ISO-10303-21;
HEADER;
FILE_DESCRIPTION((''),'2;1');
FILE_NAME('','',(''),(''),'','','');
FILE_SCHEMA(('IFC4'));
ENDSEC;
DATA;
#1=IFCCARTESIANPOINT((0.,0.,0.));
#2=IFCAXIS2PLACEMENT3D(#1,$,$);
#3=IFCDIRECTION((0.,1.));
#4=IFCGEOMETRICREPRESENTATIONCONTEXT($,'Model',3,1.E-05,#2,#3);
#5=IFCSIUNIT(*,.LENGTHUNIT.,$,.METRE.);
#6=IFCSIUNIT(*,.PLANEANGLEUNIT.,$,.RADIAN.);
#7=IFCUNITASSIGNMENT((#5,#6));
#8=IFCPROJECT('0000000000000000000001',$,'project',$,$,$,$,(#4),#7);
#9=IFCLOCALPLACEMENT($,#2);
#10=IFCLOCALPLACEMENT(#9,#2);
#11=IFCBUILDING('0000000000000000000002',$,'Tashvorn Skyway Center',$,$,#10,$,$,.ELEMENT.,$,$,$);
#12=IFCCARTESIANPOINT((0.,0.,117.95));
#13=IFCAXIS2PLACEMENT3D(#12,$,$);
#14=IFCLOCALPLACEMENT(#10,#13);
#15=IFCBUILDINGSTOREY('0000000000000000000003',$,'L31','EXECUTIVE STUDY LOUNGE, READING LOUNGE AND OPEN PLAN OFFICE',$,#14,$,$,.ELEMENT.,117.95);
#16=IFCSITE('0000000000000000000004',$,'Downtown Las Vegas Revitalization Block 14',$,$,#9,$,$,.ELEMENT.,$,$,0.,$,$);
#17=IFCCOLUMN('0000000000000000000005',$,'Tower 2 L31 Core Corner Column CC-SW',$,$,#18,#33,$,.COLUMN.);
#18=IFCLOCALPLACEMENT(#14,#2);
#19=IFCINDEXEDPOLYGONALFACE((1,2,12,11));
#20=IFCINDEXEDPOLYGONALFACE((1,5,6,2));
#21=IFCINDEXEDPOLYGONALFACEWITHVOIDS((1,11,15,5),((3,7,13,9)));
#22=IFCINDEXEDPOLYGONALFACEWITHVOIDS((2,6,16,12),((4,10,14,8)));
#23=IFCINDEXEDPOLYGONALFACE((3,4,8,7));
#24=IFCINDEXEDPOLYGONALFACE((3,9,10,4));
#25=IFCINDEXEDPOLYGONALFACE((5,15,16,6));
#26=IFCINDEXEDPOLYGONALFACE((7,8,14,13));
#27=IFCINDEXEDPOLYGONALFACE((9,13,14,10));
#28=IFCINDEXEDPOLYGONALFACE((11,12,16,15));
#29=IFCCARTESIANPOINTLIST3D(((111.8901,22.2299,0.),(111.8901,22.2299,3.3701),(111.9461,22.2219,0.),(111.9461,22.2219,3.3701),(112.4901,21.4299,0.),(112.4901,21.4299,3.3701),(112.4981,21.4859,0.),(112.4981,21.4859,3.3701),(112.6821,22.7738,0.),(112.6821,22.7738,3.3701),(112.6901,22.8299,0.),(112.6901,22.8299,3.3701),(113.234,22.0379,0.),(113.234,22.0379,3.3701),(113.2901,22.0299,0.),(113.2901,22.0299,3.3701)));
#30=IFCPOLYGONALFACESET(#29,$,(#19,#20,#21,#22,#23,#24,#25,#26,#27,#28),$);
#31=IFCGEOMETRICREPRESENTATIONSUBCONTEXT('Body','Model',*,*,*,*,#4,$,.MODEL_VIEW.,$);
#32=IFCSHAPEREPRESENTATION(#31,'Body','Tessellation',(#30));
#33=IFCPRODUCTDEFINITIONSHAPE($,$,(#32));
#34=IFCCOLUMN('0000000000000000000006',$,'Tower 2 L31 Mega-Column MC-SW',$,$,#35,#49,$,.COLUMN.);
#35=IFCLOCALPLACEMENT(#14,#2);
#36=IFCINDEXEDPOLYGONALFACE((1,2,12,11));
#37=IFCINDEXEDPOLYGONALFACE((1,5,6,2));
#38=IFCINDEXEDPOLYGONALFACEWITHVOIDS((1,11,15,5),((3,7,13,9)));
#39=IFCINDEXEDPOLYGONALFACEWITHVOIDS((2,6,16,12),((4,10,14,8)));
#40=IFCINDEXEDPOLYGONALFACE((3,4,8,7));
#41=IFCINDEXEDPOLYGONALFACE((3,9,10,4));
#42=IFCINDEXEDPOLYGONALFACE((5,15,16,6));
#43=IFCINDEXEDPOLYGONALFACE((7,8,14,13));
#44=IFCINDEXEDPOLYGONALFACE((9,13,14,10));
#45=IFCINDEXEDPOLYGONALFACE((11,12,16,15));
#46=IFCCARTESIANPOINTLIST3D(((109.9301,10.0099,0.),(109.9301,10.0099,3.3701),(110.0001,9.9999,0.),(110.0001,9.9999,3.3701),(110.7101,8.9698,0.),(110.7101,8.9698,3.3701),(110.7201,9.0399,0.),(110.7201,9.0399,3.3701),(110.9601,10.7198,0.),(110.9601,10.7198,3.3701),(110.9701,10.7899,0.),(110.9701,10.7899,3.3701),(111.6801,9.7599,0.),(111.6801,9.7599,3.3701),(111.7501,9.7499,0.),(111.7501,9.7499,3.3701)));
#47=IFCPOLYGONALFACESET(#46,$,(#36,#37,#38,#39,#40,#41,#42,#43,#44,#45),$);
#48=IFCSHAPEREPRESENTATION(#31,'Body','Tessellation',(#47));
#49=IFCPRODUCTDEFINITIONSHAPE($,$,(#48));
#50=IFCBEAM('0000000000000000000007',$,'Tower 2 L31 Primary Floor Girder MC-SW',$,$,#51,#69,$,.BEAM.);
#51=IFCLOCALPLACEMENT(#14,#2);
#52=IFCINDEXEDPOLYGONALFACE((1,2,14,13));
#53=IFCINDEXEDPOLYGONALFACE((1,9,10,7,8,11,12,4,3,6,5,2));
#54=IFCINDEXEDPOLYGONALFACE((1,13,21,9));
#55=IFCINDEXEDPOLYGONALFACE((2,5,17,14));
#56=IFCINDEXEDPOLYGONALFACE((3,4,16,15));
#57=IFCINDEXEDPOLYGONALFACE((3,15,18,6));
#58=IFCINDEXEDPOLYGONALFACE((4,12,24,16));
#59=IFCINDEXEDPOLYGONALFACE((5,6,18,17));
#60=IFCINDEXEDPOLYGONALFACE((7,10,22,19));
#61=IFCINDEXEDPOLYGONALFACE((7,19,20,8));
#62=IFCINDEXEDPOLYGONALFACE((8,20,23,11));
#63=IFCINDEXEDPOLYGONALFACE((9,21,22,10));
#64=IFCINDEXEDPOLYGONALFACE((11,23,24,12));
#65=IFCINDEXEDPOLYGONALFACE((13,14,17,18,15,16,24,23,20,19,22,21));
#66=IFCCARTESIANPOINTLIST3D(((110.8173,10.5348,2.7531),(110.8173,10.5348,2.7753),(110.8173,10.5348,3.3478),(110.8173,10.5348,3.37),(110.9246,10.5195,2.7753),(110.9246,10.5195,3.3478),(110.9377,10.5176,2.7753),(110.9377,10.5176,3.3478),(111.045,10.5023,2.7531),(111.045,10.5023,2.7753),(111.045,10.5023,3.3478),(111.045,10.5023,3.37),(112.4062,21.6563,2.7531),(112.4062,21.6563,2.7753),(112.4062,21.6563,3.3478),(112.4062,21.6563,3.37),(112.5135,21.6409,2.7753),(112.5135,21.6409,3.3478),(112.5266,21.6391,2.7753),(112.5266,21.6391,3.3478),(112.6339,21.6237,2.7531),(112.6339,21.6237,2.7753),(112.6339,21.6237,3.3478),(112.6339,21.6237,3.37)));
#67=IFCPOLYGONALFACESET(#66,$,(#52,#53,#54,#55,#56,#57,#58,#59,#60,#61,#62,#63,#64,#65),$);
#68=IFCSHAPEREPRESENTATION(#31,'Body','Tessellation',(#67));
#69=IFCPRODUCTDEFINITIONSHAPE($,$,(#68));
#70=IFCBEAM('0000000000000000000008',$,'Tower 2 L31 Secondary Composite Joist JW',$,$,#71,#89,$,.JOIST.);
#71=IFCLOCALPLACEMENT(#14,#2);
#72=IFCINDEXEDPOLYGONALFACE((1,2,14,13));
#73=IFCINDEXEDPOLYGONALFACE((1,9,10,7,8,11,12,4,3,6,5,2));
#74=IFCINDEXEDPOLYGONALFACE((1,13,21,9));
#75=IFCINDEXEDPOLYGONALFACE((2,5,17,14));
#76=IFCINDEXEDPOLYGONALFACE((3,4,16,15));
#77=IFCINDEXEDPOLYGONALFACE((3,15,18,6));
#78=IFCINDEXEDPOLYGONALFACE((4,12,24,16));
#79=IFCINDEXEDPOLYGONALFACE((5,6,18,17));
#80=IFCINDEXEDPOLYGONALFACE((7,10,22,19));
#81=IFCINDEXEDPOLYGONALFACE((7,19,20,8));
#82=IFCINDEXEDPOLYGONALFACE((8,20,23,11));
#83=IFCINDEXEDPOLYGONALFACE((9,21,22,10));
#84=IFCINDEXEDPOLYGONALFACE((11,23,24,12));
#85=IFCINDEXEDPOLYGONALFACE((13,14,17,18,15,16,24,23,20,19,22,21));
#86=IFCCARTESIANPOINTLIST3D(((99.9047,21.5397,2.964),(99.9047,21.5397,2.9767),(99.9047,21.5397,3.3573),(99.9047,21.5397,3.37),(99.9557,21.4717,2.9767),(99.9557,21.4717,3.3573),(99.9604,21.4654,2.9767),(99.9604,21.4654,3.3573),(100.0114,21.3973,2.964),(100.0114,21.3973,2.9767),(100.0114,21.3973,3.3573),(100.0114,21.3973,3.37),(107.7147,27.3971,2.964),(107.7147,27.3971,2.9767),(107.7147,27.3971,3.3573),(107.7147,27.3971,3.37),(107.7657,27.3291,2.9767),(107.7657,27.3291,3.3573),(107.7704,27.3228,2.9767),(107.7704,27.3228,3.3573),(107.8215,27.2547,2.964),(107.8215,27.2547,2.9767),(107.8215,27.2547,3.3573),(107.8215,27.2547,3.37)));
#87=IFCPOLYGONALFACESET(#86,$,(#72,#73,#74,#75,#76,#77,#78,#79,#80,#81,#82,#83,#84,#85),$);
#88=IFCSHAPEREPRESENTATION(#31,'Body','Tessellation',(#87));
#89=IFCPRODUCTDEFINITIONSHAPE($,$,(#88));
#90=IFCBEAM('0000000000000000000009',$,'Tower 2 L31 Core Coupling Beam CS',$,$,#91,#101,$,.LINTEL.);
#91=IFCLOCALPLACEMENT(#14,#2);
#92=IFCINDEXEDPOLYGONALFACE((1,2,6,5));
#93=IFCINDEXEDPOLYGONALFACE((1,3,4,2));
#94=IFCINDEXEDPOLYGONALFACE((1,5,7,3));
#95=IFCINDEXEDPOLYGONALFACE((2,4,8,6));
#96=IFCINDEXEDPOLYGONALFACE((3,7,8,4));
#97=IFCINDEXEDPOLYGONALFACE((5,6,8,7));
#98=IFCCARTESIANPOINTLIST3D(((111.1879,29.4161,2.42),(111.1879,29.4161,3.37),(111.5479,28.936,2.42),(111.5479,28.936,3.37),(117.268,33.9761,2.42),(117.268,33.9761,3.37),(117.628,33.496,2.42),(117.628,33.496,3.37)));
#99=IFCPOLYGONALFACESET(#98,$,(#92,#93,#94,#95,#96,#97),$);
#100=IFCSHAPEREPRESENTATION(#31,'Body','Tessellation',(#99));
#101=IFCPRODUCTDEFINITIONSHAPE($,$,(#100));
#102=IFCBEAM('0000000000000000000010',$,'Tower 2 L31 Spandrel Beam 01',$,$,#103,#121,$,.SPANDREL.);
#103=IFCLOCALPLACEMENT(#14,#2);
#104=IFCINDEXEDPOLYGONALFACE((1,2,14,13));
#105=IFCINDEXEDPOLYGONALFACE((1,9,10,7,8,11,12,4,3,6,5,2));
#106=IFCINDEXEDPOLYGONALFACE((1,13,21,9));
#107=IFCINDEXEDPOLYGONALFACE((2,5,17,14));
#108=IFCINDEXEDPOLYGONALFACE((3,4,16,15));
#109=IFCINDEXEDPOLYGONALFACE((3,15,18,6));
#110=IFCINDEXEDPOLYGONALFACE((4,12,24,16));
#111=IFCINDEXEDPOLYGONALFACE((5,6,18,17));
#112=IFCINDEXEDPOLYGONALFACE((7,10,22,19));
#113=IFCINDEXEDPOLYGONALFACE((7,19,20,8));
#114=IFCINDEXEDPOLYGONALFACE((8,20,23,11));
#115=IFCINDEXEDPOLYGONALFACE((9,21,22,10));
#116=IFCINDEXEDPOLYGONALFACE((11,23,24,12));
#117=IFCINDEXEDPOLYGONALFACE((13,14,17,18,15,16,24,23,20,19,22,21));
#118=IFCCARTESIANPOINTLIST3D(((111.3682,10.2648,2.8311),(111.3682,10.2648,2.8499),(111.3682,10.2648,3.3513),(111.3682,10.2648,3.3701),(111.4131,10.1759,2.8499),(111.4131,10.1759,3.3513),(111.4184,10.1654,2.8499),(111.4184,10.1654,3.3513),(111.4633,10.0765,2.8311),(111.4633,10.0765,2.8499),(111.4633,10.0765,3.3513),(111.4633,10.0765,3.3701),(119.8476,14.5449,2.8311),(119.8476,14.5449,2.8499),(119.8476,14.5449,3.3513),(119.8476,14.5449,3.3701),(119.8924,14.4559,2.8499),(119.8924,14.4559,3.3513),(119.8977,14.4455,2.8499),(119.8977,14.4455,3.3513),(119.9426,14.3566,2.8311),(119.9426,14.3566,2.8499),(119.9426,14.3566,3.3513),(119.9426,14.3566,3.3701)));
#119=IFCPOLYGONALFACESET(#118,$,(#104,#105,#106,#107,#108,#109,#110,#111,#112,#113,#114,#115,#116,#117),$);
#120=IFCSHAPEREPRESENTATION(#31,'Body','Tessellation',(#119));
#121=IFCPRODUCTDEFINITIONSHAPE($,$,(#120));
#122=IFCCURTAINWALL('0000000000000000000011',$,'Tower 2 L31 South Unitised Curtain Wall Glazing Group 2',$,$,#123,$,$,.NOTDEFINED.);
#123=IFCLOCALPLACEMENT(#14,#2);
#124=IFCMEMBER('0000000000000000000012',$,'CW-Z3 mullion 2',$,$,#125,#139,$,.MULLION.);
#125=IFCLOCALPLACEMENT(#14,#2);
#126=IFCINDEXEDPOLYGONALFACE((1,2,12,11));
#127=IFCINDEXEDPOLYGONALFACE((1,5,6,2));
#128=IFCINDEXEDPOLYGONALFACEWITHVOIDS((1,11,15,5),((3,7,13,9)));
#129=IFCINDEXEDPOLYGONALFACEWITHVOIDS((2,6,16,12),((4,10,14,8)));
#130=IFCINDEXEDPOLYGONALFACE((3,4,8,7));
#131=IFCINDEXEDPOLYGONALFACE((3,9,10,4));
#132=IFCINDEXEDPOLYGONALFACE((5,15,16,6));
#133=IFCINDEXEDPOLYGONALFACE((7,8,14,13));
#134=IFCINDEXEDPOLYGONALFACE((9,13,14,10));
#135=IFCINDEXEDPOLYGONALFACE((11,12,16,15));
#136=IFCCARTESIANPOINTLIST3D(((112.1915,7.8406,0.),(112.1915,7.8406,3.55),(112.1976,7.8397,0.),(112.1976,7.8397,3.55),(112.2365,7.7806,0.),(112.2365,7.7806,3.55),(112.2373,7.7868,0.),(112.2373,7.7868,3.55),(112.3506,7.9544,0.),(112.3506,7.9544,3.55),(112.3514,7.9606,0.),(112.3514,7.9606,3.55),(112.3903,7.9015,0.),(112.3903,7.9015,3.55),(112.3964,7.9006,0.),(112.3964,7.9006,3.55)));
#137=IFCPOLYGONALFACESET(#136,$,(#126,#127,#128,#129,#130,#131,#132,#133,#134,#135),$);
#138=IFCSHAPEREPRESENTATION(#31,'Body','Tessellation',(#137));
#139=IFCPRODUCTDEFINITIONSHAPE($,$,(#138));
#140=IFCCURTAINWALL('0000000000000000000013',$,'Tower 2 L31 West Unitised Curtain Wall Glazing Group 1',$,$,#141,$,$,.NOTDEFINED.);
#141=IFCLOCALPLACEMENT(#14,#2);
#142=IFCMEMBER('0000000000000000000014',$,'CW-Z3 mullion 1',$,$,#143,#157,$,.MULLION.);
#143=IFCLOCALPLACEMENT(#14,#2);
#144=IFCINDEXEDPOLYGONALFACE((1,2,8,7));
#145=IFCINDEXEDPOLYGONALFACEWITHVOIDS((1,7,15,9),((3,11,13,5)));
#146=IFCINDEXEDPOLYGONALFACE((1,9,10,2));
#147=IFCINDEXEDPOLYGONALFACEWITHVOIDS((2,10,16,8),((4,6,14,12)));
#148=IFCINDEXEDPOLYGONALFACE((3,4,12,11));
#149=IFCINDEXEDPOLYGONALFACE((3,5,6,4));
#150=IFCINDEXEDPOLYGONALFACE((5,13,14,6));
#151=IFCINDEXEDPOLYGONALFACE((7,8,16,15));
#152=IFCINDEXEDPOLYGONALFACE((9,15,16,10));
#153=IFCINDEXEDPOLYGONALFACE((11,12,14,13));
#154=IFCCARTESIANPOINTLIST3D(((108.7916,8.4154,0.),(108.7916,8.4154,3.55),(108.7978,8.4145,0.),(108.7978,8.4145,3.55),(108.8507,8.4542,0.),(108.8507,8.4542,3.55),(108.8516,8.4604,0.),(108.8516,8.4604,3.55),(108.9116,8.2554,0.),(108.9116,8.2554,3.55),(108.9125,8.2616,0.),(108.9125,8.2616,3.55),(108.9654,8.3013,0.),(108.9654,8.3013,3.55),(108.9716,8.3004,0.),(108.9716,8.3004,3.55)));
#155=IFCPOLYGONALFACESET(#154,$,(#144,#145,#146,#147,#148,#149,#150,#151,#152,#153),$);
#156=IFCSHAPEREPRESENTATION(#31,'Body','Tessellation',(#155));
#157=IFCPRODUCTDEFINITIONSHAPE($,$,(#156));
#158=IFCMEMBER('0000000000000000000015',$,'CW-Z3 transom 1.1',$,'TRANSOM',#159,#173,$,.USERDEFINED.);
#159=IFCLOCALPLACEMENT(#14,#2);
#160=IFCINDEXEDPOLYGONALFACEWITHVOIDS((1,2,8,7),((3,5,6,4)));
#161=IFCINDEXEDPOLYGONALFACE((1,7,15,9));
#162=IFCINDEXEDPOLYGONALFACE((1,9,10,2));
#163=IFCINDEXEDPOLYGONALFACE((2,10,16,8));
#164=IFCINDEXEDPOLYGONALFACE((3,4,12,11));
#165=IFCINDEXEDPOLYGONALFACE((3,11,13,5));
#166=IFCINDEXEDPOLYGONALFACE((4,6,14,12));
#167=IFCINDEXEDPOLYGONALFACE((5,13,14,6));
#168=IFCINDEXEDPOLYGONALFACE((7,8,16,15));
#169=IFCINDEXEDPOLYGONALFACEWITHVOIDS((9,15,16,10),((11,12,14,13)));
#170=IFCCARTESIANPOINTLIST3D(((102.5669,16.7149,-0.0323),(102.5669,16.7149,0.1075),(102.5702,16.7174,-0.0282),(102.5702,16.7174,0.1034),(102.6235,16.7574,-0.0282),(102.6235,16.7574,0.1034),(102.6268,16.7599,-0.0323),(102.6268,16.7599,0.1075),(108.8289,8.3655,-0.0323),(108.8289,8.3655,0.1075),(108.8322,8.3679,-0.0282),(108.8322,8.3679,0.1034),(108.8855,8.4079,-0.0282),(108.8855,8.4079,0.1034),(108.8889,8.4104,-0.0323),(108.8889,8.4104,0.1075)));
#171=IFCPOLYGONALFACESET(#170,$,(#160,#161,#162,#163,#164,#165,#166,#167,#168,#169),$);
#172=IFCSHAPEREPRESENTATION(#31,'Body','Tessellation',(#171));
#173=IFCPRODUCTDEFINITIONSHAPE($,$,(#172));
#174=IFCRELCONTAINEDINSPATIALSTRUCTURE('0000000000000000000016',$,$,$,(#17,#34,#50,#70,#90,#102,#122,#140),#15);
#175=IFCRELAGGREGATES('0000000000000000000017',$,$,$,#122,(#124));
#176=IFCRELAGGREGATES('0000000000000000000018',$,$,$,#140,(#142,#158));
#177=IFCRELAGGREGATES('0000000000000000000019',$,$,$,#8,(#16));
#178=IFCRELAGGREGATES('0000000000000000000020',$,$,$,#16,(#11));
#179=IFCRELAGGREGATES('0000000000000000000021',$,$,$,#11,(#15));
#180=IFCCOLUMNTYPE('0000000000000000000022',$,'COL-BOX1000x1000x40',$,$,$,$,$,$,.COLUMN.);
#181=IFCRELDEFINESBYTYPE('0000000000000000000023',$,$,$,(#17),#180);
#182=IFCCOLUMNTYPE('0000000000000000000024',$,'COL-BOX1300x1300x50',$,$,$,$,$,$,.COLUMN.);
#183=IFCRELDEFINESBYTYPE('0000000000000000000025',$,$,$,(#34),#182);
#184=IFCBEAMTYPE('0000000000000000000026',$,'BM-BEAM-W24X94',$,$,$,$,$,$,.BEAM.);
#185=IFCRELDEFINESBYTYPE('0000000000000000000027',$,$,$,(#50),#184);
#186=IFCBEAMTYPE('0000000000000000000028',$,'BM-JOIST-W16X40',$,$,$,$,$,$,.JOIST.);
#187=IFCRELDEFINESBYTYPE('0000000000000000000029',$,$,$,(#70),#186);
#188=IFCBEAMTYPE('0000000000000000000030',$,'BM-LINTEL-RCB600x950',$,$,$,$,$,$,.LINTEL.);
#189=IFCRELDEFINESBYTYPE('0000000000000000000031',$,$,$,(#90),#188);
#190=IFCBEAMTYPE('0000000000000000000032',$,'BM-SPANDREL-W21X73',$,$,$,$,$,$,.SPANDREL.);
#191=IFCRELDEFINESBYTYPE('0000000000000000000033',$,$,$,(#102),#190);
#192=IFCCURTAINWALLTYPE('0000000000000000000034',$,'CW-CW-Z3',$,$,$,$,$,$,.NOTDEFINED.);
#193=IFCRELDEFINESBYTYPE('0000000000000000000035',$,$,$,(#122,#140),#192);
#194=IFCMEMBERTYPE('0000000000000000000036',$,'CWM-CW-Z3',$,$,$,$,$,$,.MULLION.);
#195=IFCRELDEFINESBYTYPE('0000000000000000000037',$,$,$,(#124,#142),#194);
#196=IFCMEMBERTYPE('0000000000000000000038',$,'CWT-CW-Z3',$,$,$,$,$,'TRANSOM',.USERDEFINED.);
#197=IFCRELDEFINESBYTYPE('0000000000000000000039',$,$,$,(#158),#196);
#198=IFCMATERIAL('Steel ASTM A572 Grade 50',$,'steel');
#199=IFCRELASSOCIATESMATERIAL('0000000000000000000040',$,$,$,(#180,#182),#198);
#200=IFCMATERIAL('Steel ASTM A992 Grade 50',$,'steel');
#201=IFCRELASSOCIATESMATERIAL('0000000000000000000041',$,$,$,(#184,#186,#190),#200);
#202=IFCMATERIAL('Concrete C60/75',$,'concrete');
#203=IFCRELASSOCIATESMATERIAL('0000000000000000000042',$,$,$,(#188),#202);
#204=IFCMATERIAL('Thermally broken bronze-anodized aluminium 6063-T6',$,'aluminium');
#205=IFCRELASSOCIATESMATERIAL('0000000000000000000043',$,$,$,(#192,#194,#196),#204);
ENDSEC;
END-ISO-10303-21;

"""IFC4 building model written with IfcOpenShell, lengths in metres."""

from ifc_helpers import new_model, si_unit, direction, frame, origin, origin_2d, place, context, subcontext, project, spatial, rectangle, hollow_rectangle, i_section, extrude, material, material_profile, profile_set, type_object, element, aggregate, save


model = new_model("IFC4")

# Units and contexts
model_context = context("Model", 3, precision=1e-05, world=origin(), true_north=direction((0.0, 1.0)))
body_context = subcontext(model_context, "Body", "Model", "MODEL_VIEW")
ifc_project = project(units=[si_unit("LENGTHUNIT", "METRE"), si_unit("PLANEANGLEUNIT", "RADIAN")], contexts=[model_context])

# Site, building, storey
site_placement = place(None, origin())
site = spatial("IfcSite", under=ifc_project, at=site_placement, Name="Downtown Las Vegas Revitalization Block 14", CompositionType="ELEMENT", RefElevation=0.0)
building_placement = place(site_placement, origin())
building = spatial("IfcBuilding", under=site, at=building_placement, Name="Tashvorn Skyway Center", CompositionType="ELEMENT")
storey_placement = place(building_placement, frame((0.0, 0.0, 117.95)))
storey = spatial("IfcBuildingStorey", under=building, at=storey_placement, Name="L31", Description="EXECUTIVE STUDY LOUNGE, READING LOUNGE AND OPEN PLAN OFFICE", CompositionType="ELEMENT", Elevation=117.95)

# Columns
ifc_material_1 = material(Name="Steel ASTM A572 Grade 50", Category="steel")
ifc_material_profile_1 = material_profile(ifc_material_1, hollow_rectangle(XDim=1.0, YDim=1.0, WallThickness=0.04, at=origin_2d()), Name="BOX1000x1000x40")
ifc_profile_set_1 = profile_set([ifc_material_profile_1], Name="Steel ASTM A572 Grade 50")
column_type_1 = type_object("IfcColumnType", Name="COL-BOX1000x1000x40", PredefinedType="COLUMN", material=ifc_profile_set_1)
column_1_placement = place(storey_placement, frame((112.5901, 22.1299, 0.0), z_axis=(0.0, 0.0, 1.0), x_axis=(0.8, 0.6, 0.0)))
element("IfcColumn", 1, at=column_1_placement, inside=storey, type_object=column_type_1, Name="Tower 2 L31 Core Corner Column CC-SW", PredefinedType="COLUMN", context=body_context, shape_type="SweptSolid", body=[
    extrude(hollow_rectangle(XDim=1.0, YDim=1.0, WallThickness=0.04, at=origin_2d()), origin(), (0.0, 0.0, 1.0), 3.3701),
])
ifc_material_profile_2 = material_profile(ifc_material_1, hollow_rectangle(XDim=1.3, YDim=1.3, WallThickness=0.05, at=origin_2d()), Name="BOX1300x1300x50")
ifc_profile_set_2 = profile_set([ifc_material_profile_2], Name="Steel ASTM A572 Grade 50")
column_type_2 = type_object("IfcColumnType", Name="COL-BOX1300x1300x50", PredefinedType="COLUMN", material=ifc_profile_set_2)
column_2_placement = place(storey_placement, frame((110.8401, 9.8799, 0.0), z_axis=(0.0, 0.0, 1.0), x_axis=(0.8, 0.6, 0.0)))
element("IfcColumn", 2, at=column_2_placement, inside=storey, type_object=column_type_2, Name="Tower 2 L31 Mega-Column MC-SW", PredefinedType="COLUMN", context=body_context, shape_type="SweptSolid", body=[
    extrude(hollow_rectangle(XDim=1.3, YDim=1.3, WallThickness=0.05, at=origin_2d()), origin(), (0.0, 0.0, 1.0), 3.3701),
])

# Beams
ifc_material_2 = material(Name="Steel ASTM A992 Grade 50", Category="steel")
ifc_material_profile_3 = material_profile(ifc_material_2, i_section(OverallWidth=0.23, OverallDepth=0.6169, WebThickness=0.0132, FlangeThickness=0.0222, at=origin_2d()), Name="W24X94")
ifc_profile_set_3 = profile_set([ifc_material_profile_3], Name="Steel ASTM A992 Grade 50")
beam_type_1 = type_object("IfcBeamType", Name="BM-BEAM-W24X94", PredefinedType="BEAM", material=ifc_profile_set_3)
beam_1_placement = place(storey_placement, frame((110.9312, 10.5186, 3.0615), z_axis=(0.14143, 0.989948, 0.0), x_axis=(-0.989948, 0.14143, 0.0)))
element("IfcBeam", 3, at=beam_1_placement, inside=storey, type_object=beam_type_1, Name="Tower 2 L31 Primary Floor Girder MC-SW", PredefinedType="BEAM", context=body_context, shape_type="SweptSolid", body=[
    extrude(i_section(OverallWidth=0.23, OverallDepth=0.6169, WebThickness=0.0132, FlangeThickness=0.0222, at=origin_2d()), origin(), (0.0, 0.0, 1.0), 11.2344),
])
ifc_material_profile_4 = material_profile(ifc_material_2, i_section(OverallWidth=0.178, OverallDepth=0.406, WebThickness=0.0078, FlangeThickness=0.0127, at=origin_2d()), Name="W16X40")
ifc_profile_set_4 = profile_set([ifc_material_profile_4], Name="Steel ASTM A992 Grade 50")
beam_type_2 = type_object("IfcBeamType", Name="BM-JOIST-W16X40", PredefinedType="JOIST", material=ifc_profile_set_4)
beam_2_placement = place(storey_placement, frame((107.7681, 27.3259, 3.167), z_axis=(-0.800006, -0.599992, 0.0), x_axis=(0.599992, -0.800006, 0.0)))
element("IfcBeam", 4, at=beam_2_placement, inside=storey, type_object=beam_type_2, Name="Tower 2 L31 Secondary Composite Joist JW", PredefinedType="JOIST", context=body_context, shape_type="SweptSolid", body=[
    extrude(i_section(OverallWidth=0.178, OverallDepth=0.406, WebThickness=0.0078, FlangeThickness=0.0127, at=origin_2d()), origin(), (0.0, 0.0, 1.0), 9.7625),
])
ifc_material_3 = material(Name="Concrete C60/75", Category="concrete")
ifc_material_profile_5 = material_profile(ifc_material_3, rectangle(XDim=0.6001, YDim=0.95, at=origin_2d()), Name="RCB600x950")
ifc_profile_set_5 = profile_set([ifc_material_profile_5], Name="Concrete C60/75")
beam_type_3 = type_object("IfcBeamType", Name="BM-LINTEL-RCB600x950", PredefinedType="LINTEL", material=ifc_profile_set_5)
beam_3_placement = place(storey_placement, frame((111.3679, 29.176, 2.895), z_axis=(0.8, 0.6, 0.0), x_axis=(-0.6, 0.8, 0.0)))
element("IfcBeam", 5, at=beam_3_placement, inside=storey, type_object=beam_type_3, Name="Tower 2 L31 Core Coupling Beam CS", PredefinedType="LINTEL", context=body_context, shape_type="SweptSolid", body=[
    extrude(rectangle(XDim=0.6001, YDim=0.95, at=origin_2d()), origin(), (0.0, 0.0, 1.0), 7.6001),
])
ifc_material_profile_6 = material_profile(ifc_material_2, i_section(OverallWidth=0.2109, OverallDepth=0.5391, WebThickness=0.0117, FlangeThickness=0.0188, at=origin_2d()), Name="W21X73")
ifc_profile_set_6 = profile_set([ifc_material_profile_6], Name="Steel ASTM A992 Grade 50")
beam_type_4 = type_object("IfcBeamType", Name="BM-SPANDREL-W21X73", PredefinedType="SPANDREL", material=ifc_profile_set_6)
beam_4_placement = place(storey_placement, frame((111.4158, 10.1707, 3.1006), z_axis=(0.892719, 0.450614, 0.0), x_axis=(-0.450614, 0.892719, 0.0)))
element("IfcBeam", 6, at=beam_4_placement, inside=storey, type_object=beam_type_4, Name="Tower 2 L31 Spandrel Beam 01", PredefinedType="SPANDREL", context=body_context, shape_type="SweptSolid", body=[
    extrude(i_section(OverallWidth=0.2109, OverallDepth=0.5391, WebThickness=0.0117, FlangeThickness=0.0188, at=origin_2d()), origin(), (0.0, 0.0, 1.0), 9.4983),
])

# Curtain wall, member
ifc_material_4 = material(Name="Thermally broken bronze-anodized aluminium 6063-T6", Category="aluminium")
curtain_wall_type = type_object("IfcCurtainWallType", Name="CW-CW-Z3", PredefinedType="NOTDEFINED", material=ifc_material_4)
curtain_wall_1_placement = place(storey_placement, origin())
curtain_wall_1 = element("IfcCurtainWall", 7, at=curtain_wall_1_placement, inside=storey, type_object=curtain_wall_type, Name="Tower 2 L31 South Unitised Curtain Wall Glazing Group 2", PredefinedType="NOTDEFINED")
ifc_material_profile_7 = material_profile(ifc_material_4, hollow_rectangle(XDim=0.075, YDim=0.2, WallThickness=0.0044, at=origin_2d()), Name="ALU-MULL-75x200")
ifc_profile_set_7 = profile_set([ifc_material_profile_7], Name="Thermally broken bronze-anodized aluminium 6063-T6")
member_type_1 = type_object("IfcMemberType", Name="CWM-CW-Z3", PredefinedType="MULLION", material=ifc_profile_set_7)
member_1_placement = place(storey_placement, frame((112.2939, 7.8706, 0.0), z_axis=(0.0, 0.0, 1.0), x_axis=(0.600002, -0.799999, 0.0)))
member_1 = element("IfcMember", 8, at=member_1_placement, type_object=member_type_1, Name="CW-Z3 mullion 2", PredefinedType="MULLION", context=body_context, shape_type="SweptSolid", body=[
    extrude(hollow_rectangle(XDim=0.075, YDim=0.2, WallThickness=0.0044, at=origin_2d()), origin(), (0.0, 0.0, 1.0), 3.55),
])
aggregate(curtain_wall_1, [member_1])

# Curtain wall, members
curtain_wall_2_placement = place(storey_placement, origin())
curtain_wall_2 = element("IfcCurtainWall", 9, at=curtain_wall_2_placement, inside=storey, type_object=curtain_wall_type, Name="Tower 2 L31 West Unitised Curtain Wall Glazing Group 1", PredefinedType="NOTDEFINED")
member_2_placement = place(storey_placement, frame((108.8816, 8.3579, 0.0), z_axis=(0.0, 0.0, 1.0), x_axis=(-0.799999, -0.600002, 0.0)))
member_2 = element("IfcMember", 10, at=member_2_placement, type_object=member_type_1, Name="CW-Z3 mullion 1", PredefinedType="MULLION", context=body_context, shape_type="SweptSolid", body=[
    extrude(hollow_rectangle(XDim=0.075, YDim=0.2, WallThickness=0.0044, at=origin_2d()), origin(), (0.0, 0.0, 1.0), 3.55),
])
ifc_material_profile_8 = material_profile(ifc_material_4, hollow_rectangle(XDim=0.075, YDim=0.1399, WallThickness=0.0042, at=origin_2d()), Name="ALU-TRAN-75x140")
ifc_profile_set_8 = profile_set([ifc_material_profile_8], Name="Thermally broken bronze-anodized aluminium 6063-T6")
member_type_2 = type_object("IfcMemberType", Name="CWT-CW-Z3", ElementType="TRANSOM", PredefinedType="USERDEFINED", material=ifc_profile_set_8)
member_3_placement = place(storey_placement, frame((108.8589, 8.3879, 0.0376), z_axis=(-0.599996, 0.800003, 0.0), x_axis=(-0.800003, -0.599996, 0.0)))
member_3 = element("IfcMember", 11, at=member_3_placement, type_object=member_type_2, Name="CW-Z3 transom 1.1", ObjectType="TRANSOM", PredefinedType="USERDEFINED", context=body_context, shape_type="SweptSolid", body=[
    extrude(hollow_rectangle(XDim=0.075, YDim=0.1399, WallThickness=0.0042, at=origin_2d()), origin(), (0.0, 0.0, 1.0), 10.4368),
])
aggregate(curtain_wall_2, [member_2, member_3])

save(model, "model.ifc")
